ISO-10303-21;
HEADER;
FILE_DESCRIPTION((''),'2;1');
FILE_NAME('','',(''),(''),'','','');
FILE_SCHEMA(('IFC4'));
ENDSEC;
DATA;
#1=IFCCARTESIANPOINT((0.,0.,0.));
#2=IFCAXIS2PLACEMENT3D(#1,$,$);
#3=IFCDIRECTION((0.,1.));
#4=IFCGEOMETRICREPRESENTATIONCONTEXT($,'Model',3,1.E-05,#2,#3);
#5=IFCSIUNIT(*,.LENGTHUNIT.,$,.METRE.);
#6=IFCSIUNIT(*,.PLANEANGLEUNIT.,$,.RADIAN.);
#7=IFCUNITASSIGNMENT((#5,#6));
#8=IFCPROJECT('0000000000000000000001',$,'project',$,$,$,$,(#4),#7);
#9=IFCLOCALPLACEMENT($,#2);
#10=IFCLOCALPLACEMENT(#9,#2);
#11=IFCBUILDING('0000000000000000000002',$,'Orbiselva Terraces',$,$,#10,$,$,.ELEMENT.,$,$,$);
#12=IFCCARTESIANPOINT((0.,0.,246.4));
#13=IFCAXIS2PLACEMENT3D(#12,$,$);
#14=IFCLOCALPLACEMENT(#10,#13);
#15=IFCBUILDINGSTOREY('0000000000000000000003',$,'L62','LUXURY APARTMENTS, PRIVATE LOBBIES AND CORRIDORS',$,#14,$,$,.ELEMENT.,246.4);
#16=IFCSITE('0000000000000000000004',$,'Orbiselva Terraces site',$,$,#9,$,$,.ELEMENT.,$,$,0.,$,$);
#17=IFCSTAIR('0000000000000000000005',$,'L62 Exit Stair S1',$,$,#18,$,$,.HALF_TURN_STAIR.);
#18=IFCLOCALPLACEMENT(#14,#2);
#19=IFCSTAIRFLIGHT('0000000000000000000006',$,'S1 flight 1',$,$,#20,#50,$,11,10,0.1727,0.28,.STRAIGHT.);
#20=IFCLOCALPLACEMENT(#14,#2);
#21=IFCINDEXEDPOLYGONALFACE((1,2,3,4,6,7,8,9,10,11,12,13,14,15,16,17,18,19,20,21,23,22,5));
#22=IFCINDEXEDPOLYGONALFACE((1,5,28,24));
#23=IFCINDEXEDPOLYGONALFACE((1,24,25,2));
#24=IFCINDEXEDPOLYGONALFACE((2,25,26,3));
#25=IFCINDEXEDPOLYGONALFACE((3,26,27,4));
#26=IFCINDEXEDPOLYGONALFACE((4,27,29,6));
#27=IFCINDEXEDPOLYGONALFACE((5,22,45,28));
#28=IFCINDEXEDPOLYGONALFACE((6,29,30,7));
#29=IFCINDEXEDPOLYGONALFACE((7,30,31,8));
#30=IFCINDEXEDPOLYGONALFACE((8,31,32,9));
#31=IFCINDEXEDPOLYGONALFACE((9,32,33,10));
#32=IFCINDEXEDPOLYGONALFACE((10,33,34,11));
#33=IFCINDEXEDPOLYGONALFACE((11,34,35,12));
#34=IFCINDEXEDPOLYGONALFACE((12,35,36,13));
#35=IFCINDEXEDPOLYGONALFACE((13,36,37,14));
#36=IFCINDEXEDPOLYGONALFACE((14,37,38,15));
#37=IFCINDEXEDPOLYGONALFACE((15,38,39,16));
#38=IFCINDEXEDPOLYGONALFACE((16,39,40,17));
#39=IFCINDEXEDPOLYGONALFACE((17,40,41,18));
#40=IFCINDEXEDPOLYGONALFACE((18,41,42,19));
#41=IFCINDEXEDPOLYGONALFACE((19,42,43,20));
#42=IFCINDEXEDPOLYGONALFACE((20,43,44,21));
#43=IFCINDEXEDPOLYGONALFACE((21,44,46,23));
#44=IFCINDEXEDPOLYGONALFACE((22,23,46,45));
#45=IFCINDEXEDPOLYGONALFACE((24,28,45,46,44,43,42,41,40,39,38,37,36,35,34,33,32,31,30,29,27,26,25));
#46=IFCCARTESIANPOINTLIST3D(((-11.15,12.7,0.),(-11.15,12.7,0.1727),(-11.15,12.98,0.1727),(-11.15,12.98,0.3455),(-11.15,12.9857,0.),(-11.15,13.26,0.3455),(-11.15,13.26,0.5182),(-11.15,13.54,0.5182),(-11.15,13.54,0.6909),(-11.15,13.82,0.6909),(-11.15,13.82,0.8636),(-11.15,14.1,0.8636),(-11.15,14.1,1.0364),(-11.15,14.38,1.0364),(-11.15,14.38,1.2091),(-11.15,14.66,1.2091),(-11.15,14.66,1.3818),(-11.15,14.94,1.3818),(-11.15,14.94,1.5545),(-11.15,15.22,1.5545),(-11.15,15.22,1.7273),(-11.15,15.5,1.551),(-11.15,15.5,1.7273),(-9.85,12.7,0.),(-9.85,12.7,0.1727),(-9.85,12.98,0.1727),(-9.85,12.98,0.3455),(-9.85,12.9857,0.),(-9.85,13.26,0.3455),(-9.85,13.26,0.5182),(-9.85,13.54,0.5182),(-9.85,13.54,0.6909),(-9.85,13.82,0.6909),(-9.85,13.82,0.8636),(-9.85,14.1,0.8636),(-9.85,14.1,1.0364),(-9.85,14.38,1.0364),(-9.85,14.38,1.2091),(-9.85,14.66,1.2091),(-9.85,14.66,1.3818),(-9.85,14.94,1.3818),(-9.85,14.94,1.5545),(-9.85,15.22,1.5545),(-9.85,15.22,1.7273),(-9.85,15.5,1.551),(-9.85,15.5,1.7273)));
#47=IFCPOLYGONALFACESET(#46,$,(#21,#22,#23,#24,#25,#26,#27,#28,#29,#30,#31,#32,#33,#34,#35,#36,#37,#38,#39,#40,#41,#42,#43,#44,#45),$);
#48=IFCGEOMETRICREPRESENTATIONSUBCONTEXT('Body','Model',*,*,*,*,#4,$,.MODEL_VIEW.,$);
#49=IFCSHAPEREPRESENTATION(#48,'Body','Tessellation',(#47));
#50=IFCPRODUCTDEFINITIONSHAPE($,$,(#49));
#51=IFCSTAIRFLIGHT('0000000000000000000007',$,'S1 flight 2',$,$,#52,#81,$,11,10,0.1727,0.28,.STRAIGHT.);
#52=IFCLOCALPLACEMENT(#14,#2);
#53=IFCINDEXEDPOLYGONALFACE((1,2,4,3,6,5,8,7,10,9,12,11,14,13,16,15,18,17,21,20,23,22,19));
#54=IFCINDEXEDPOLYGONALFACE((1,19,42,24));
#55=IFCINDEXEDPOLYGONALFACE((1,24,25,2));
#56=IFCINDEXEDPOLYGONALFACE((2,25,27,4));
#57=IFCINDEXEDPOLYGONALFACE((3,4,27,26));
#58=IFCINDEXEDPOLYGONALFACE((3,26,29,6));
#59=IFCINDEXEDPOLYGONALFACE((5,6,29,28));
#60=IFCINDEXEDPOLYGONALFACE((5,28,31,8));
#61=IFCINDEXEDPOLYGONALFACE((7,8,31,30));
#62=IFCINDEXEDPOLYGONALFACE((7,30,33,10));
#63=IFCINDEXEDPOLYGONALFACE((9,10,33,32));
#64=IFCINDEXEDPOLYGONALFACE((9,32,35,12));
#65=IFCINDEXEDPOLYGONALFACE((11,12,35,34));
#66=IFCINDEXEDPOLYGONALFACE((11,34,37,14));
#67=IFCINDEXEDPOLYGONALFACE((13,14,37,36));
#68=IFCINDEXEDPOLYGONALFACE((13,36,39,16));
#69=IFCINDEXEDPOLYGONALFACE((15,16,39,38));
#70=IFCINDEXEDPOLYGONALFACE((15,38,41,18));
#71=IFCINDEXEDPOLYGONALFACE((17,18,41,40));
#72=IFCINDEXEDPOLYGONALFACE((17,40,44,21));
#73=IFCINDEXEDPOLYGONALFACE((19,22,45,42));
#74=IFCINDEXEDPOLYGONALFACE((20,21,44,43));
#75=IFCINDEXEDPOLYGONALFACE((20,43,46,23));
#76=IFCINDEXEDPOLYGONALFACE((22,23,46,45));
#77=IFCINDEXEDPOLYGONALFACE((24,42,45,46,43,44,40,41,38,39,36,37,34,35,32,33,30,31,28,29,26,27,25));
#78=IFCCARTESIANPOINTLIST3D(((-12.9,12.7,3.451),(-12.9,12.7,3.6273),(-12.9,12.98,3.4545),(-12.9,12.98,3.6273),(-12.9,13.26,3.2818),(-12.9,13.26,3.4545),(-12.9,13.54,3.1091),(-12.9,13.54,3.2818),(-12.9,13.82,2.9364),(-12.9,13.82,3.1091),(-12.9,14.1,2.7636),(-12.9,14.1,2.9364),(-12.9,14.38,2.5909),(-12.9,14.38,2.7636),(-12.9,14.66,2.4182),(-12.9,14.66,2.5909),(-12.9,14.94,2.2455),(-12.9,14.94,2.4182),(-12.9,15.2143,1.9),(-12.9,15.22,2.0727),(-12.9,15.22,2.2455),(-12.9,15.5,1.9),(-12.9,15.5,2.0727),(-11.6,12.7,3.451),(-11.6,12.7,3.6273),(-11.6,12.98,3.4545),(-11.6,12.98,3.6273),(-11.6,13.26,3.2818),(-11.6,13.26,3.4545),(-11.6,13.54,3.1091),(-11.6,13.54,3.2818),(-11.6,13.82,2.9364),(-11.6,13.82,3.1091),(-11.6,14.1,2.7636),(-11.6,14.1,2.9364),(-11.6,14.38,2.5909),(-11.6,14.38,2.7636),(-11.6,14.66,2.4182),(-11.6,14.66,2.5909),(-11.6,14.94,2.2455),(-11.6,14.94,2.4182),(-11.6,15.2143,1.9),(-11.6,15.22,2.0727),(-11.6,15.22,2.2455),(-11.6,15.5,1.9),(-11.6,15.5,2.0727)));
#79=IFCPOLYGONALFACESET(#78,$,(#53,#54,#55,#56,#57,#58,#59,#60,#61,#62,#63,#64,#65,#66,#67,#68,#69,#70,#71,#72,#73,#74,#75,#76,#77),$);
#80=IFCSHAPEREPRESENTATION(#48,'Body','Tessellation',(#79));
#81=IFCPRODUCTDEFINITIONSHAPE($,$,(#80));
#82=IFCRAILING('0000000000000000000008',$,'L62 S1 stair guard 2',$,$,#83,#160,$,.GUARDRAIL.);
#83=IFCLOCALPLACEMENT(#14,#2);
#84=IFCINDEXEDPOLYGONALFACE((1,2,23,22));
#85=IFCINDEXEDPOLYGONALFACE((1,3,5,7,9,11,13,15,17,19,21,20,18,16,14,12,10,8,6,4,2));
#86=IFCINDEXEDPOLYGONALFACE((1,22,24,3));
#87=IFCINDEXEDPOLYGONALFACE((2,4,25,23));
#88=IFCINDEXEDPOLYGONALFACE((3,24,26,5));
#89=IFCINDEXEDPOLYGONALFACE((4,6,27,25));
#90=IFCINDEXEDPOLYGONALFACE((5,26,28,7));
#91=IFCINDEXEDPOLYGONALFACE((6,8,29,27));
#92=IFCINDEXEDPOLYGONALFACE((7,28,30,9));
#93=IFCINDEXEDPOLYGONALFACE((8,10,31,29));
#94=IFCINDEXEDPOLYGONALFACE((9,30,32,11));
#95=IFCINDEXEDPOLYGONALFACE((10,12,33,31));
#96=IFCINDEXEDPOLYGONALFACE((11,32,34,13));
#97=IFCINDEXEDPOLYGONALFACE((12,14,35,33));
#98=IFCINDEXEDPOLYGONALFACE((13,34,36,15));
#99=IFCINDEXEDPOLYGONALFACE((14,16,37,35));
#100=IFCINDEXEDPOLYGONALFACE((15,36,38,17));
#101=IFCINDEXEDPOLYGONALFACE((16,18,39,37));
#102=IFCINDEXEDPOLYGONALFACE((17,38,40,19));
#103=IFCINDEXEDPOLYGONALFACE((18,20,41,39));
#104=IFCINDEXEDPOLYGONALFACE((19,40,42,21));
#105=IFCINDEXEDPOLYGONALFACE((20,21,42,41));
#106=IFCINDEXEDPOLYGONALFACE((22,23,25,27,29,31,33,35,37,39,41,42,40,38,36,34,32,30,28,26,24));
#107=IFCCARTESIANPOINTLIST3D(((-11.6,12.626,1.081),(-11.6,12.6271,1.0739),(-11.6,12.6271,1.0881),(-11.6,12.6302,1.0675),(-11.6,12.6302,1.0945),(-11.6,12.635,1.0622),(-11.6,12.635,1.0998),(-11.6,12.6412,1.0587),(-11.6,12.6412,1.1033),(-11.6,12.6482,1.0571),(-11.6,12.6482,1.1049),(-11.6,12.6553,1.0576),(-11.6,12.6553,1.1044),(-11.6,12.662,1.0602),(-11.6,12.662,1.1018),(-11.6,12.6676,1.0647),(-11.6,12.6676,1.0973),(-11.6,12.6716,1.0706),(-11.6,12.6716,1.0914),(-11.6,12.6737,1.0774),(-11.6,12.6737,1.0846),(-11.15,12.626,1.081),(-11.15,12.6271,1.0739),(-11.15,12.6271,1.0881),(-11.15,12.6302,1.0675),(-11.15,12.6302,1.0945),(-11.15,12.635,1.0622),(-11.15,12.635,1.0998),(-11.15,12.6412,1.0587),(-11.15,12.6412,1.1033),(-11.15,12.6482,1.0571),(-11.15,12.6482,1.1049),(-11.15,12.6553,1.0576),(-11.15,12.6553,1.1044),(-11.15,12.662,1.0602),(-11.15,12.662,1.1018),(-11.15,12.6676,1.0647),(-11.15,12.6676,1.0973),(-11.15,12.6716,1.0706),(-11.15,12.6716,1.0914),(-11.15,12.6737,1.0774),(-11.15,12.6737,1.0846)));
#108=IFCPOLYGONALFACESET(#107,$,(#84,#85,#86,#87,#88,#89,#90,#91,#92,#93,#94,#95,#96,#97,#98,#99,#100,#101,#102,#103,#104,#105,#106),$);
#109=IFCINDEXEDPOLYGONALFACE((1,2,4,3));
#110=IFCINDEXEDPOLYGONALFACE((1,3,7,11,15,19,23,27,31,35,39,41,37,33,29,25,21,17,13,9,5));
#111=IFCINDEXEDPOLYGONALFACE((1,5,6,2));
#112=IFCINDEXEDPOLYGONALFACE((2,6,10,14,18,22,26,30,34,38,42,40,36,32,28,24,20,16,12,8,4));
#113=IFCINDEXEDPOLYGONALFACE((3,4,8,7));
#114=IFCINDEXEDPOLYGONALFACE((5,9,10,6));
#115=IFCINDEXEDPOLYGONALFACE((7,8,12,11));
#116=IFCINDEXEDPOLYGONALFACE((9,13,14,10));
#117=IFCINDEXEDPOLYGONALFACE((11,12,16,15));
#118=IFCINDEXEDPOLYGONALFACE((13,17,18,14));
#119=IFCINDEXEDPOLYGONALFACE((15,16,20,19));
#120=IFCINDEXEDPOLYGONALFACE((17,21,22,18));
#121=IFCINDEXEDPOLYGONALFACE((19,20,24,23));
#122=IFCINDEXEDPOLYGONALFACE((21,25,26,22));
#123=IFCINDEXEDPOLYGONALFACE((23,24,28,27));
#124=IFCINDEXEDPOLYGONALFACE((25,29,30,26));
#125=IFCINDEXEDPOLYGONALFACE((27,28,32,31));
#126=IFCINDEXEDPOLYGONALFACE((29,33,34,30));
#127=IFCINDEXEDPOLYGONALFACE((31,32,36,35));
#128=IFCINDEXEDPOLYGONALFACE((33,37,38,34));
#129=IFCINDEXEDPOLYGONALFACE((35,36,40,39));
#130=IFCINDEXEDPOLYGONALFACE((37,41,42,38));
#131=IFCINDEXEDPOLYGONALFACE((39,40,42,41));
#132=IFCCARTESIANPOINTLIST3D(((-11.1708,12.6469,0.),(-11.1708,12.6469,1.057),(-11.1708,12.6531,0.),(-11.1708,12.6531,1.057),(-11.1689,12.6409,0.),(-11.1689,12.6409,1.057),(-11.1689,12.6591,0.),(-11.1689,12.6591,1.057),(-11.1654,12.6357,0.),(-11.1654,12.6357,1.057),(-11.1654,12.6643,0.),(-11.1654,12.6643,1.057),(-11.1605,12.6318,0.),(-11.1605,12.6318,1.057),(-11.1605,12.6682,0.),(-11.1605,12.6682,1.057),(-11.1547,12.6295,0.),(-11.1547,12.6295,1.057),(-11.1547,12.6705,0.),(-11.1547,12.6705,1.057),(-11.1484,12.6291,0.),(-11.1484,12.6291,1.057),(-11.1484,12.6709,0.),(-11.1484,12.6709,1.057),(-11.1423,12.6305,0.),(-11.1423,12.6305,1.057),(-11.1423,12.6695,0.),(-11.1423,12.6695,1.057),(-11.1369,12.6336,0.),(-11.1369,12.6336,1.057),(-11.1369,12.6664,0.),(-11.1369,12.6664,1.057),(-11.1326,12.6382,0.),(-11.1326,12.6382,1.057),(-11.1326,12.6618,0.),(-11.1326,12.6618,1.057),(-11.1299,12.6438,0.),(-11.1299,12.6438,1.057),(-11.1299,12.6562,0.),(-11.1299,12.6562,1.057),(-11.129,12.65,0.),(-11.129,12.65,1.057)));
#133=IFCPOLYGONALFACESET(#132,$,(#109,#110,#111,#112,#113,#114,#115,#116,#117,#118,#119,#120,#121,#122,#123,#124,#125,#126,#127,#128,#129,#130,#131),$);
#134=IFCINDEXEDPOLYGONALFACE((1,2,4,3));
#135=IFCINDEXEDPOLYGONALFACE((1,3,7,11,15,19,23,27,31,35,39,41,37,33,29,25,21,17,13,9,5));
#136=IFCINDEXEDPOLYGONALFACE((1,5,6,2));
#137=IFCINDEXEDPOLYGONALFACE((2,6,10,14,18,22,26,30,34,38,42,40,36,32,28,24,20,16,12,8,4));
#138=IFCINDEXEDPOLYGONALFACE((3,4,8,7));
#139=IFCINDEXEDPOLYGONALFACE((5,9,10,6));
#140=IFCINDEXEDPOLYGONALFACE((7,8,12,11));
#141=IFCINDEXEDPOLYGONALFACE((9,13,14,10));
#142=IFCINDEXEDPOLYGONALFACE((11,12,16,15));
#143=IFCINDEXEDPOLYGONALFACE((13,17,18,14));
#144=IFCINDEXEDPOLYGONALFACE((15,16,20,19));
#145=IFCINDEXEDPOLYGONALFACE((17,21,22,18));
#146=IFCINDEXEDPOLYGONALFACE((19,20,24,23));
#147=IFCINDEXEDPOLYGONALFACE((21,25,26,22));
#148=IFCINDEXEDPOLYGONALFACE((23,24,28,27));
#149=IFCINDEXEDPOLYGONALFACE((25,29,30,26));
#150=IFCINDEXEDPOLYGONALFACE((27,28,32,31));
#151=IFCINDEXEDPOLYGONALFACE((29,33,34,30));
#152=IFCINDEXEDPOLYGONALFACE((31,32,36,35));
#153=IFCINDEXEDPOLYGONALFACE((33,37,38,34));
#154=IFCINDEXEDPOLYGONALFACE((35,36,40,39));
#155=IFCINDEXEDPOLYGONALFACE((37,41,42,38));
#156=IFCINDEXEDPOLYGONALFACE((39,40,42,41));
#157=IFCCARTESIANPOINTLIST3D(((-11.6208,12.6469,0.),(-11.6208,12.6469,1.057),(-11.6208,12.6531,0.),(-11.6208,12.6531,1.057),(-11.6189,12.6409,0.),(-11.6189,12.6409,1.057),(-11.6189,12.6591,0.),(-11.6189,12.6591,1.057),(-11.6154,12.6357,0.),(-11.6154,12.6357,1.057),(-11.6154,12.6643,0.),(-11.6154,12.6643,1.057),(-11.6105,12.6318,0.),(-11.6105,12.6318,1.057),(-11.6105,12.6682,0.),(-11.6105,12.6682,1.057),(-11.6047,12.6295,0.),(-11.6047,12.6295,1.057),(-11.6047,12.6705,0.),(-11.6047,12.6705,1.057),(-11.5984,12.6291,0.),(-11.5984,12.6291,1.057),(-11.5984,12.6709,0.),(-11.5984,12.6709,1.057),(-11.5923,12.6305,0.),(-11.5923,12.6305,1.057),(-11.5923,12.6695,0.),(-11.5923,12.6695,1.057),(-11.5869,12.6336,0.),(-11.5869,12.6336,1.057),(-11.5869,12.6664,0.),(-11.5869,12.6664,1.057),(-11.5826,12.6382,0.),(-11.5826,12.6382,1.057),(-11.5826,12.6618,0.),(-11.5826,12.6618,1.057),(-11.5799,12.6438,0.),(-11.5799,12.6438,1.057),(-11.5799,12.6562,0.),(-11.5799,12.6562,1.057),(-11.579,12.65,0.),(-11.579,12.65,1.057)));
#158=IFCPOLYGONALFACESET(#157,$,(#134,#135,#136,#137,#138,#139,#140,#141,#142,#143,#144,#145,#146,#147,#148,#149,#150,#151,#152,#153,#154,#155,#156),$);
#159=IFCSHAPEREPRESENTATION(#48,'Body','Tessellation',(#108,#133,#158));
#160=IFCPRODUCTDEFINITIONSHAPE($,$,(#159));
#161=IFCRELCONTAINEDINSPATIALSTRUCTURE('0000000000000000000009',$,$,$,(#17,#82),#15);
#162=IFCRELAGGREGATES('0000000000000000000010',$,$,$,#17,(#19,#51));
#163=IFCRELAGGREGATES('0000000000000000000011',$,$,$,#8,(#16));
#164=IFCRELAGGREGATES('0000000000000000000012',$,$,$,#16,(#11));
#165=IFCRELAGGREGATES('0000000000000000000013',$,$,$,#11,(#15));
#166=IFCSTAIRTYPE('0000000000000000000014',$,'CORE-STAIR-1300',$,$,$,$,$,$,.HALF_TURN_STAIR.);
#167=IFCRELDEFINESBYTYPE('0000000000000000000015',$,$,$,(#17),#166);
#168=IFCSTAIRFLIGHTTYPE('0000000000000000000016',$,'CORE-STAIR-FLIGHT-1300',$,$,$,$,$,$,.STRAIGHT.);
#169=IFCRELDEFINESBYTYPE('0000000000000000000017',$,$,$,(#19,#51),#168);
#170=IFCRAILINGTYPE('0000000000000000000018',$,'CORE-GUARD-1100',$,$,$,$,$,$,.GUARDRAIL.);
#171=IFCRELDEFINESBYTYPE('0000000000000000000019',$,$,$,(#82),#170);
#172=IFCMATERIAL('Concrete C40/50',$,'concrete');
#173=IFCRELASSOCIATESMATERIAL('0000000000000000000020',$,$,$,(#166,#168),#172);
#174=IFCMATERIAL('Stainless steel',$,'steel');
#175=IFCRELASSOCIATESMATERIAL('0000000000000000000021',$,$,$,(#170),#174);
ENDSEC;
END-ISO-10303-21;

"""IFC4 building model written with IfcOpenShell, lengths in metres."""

from ifc_helpers import new_model, si_unit, direction, frame, origin, origin_2d, place, context, subcontext, project, spatial, polyline, circle, outline, extrude, material, type_object, element, aggregate, save


model = new_model("IFC4")

# Units and contexts
model_context = context("Model", 3, precision=1e-05, world=origin(), true_north=direction((0.0, 1.0)))
body_context = subcontext(model_context, "Body", "Model", "MODEL_VIEW")
ifc_project = project(units=[si_unit("LENGTHUNIT", "METRE"), si_unit("PLANEANGLEUNIT", "RADIAN")], contexts=[model_context])

# Site, building, storey
site_placement = place(None, origin())
site = spatial("IfcSite", under=ifc_project, at=site_placement, Name="Orbiselva Terraces site", CompositionType="ELEMENT", RefElevation=0.0)
building_placement = place(site_placement, origin())
building = spatial("IfcBuilding", under=site, at=building_placement, Name="Orbiselva Terraces", CompositionType="ELEMENT")
storey_placement = place(building_placement, frame((0.0, 0.0, 246.4)))
storey = spatial("IfcBuildingStorey", under=building, at=storey_placement, Name="L62", Description="LUXURY APARTMENTS, PRIVATE LOBBIES AND CORRIDORS", CompositionType="ELEMENT", Elevation=246.4)

# Shared definitions
ifc_material_1 = material(Name="Concrete C40/50", Category="concrete")

# Stair, stair flights
stair_type = type_object("IfcStairType", Name="CORE-STAIR-1300", PredefinedType="HALF_TURN_STAIR", material=ifc_material_1)
stair_placement = place(storey_placement, origin())
stair = element("IfcStair", 1, at=stair_placement, inside=storey, type_object=stair_type, Name="L62 Exit Stair S1", PredefinedType="HALF_TURN_STAIR")
stair_flight_type = type_object("IfcStairFlightType", Name="CORE-STAIR-FLIGHT-1300", PredefinedType="STRAIGHT", material=ifc_material_1)
stair_flight_1_placement = place(storey_placement, frame((-10.5, 12.7, 0.0), z_axis=(0.0, 0.0, 1.0), x_axis=(0.0, 1.0, 0.0)))
stair_flight_1 = element("IfcStairFlight", 2, at=stair_flight_1_placement, type_object=stair_flight_type, Name="S1 flight 1", NumberOfRisers=11, NumberOfTreads=10, PredefinedType="STRAIGHT", RiserHeight=0.1727, TreadLength=0.28, context=body_context, shape_type="SweptSolid", body=[
    extrude(outline(polyline([(0.0, 0.0), (0.0, 0.1727), (0.28, 0.1727), (0.28, 0.3455), (0.56, 0.3455), (0.56, 0.5182), (0.84, 0.5182), (0.84, 0.6909), (1.12, 0.6909), (1.12, 0.8636), (1.4, 0.8636), (1.4, 1.0364), (1.68, 1.0364), (1.68, 1.2091), (1.96, 1.2091), (1.96, 1.3818), (2.24, 1.3818), (2.24, 1.5545), (2.52, 1.5545), (2.52, 1.7273), (2.8, 1.7273), (2.8, 1.9), (2.8, 1.551), (0.2857, 0.0), (0.0, 0.0)])), frame((0.0, 0.65, 0.0), z_axis=(0.0, -1.0, 0.0), x_axis=(1.0, 0.0, 0.0)), (0.0, 0.0, 1.0), 1.3),
])
stair_flight_2_placement = place(storey_placement, frame((-12.25, 15.5, 1.9), z_axis=(0.0, 0.0, 1.0), x_axis=(0.0, -1.0, 0.0)))
stair_flight_2 = element("IfcStairFlight", 3, at=stair_flight_2_placement, type_object=stair_flight_type, Name="S1 flight 2", NumberOfRisers=11, NumberOfTreads=10, PredefinedType="STRAIGHT", RiserHeight=0.1727, TreadLength=0.28, context=body_context, shape_type="SweptSolid", body=[
    extrude(outline(polyline([(0.0, 0.0), (0.0, 0.1727), (0.28, 0.1727), (0.28, 0.3455), (0.56, 0.3455), (0.56, 0.5182), (0.84, 0.5182), (0.84, 0.6909), (1.12, 0.6909), (1.12, 0.8636), (1.4, 0.8636), (1.4, 1.0364), (1.68, 1.0364), (1.68, 1.2091), (1.96, 1.2091), (1.96, 1.3818), (2.24, 1.3818), (2.24, 1.5545), (2.52, 1.5545), (2.52, 1.7273), (2.8, 1.7273), (2.8, 1.9), (2.8, 1.551), (0.2857, 0.0), (0.0, 0.0)])), frame((0.0, 0.65, 0.0), z_axis=(0.0, -1.0, 0.0), x_axis=(1.0, 0.0, 0.0)), (0.0, 0.0, 1.0), 1.3),
])
aggregate(stair, [stair_flight_1, stair_flight_2])

# Railing
ifc_material_2 = material(Name="Stainless steel", Category="steel")
railing_type_1 = type_object("IfcRailingType", Name="CORE-GUARD-1100", PredefinedType="GUARDRAIL", material=ifc_material_2)
railing_1_placement = place(storey_placement, frame((-11.15, 12.65, 0.0)))
element("IfcRailing", 4, at=railing_1_placement, inside=storey, type_object=railing_type_1, Name="L62 S1 stair guard 2", PredefinedType="GUARDRAIL", context=body_context, shape_type="SweptSolid", body=[
    extrude(circle(Radius=0.024, at=origin_2d()), frame((0.0, 0.0, 1.081), z_axis=(-1.0, 0.0, 0.0), x_axis=(0.0, -1.0, 0.0)), (0.0, 0.0, 1.0), 0.45),
    extrude(circle(Radius=0.021, at=origin_2d()), origin(), (0.0, 0.0, 1.0), 1.057),
    extrude(circle(Radius=0.021, at=origin_2d()), frame((-0.45, 0.0, 0.0)), (0.0, 0.0, 1.0), 1.057),
])

save(model, "model.ifc")
